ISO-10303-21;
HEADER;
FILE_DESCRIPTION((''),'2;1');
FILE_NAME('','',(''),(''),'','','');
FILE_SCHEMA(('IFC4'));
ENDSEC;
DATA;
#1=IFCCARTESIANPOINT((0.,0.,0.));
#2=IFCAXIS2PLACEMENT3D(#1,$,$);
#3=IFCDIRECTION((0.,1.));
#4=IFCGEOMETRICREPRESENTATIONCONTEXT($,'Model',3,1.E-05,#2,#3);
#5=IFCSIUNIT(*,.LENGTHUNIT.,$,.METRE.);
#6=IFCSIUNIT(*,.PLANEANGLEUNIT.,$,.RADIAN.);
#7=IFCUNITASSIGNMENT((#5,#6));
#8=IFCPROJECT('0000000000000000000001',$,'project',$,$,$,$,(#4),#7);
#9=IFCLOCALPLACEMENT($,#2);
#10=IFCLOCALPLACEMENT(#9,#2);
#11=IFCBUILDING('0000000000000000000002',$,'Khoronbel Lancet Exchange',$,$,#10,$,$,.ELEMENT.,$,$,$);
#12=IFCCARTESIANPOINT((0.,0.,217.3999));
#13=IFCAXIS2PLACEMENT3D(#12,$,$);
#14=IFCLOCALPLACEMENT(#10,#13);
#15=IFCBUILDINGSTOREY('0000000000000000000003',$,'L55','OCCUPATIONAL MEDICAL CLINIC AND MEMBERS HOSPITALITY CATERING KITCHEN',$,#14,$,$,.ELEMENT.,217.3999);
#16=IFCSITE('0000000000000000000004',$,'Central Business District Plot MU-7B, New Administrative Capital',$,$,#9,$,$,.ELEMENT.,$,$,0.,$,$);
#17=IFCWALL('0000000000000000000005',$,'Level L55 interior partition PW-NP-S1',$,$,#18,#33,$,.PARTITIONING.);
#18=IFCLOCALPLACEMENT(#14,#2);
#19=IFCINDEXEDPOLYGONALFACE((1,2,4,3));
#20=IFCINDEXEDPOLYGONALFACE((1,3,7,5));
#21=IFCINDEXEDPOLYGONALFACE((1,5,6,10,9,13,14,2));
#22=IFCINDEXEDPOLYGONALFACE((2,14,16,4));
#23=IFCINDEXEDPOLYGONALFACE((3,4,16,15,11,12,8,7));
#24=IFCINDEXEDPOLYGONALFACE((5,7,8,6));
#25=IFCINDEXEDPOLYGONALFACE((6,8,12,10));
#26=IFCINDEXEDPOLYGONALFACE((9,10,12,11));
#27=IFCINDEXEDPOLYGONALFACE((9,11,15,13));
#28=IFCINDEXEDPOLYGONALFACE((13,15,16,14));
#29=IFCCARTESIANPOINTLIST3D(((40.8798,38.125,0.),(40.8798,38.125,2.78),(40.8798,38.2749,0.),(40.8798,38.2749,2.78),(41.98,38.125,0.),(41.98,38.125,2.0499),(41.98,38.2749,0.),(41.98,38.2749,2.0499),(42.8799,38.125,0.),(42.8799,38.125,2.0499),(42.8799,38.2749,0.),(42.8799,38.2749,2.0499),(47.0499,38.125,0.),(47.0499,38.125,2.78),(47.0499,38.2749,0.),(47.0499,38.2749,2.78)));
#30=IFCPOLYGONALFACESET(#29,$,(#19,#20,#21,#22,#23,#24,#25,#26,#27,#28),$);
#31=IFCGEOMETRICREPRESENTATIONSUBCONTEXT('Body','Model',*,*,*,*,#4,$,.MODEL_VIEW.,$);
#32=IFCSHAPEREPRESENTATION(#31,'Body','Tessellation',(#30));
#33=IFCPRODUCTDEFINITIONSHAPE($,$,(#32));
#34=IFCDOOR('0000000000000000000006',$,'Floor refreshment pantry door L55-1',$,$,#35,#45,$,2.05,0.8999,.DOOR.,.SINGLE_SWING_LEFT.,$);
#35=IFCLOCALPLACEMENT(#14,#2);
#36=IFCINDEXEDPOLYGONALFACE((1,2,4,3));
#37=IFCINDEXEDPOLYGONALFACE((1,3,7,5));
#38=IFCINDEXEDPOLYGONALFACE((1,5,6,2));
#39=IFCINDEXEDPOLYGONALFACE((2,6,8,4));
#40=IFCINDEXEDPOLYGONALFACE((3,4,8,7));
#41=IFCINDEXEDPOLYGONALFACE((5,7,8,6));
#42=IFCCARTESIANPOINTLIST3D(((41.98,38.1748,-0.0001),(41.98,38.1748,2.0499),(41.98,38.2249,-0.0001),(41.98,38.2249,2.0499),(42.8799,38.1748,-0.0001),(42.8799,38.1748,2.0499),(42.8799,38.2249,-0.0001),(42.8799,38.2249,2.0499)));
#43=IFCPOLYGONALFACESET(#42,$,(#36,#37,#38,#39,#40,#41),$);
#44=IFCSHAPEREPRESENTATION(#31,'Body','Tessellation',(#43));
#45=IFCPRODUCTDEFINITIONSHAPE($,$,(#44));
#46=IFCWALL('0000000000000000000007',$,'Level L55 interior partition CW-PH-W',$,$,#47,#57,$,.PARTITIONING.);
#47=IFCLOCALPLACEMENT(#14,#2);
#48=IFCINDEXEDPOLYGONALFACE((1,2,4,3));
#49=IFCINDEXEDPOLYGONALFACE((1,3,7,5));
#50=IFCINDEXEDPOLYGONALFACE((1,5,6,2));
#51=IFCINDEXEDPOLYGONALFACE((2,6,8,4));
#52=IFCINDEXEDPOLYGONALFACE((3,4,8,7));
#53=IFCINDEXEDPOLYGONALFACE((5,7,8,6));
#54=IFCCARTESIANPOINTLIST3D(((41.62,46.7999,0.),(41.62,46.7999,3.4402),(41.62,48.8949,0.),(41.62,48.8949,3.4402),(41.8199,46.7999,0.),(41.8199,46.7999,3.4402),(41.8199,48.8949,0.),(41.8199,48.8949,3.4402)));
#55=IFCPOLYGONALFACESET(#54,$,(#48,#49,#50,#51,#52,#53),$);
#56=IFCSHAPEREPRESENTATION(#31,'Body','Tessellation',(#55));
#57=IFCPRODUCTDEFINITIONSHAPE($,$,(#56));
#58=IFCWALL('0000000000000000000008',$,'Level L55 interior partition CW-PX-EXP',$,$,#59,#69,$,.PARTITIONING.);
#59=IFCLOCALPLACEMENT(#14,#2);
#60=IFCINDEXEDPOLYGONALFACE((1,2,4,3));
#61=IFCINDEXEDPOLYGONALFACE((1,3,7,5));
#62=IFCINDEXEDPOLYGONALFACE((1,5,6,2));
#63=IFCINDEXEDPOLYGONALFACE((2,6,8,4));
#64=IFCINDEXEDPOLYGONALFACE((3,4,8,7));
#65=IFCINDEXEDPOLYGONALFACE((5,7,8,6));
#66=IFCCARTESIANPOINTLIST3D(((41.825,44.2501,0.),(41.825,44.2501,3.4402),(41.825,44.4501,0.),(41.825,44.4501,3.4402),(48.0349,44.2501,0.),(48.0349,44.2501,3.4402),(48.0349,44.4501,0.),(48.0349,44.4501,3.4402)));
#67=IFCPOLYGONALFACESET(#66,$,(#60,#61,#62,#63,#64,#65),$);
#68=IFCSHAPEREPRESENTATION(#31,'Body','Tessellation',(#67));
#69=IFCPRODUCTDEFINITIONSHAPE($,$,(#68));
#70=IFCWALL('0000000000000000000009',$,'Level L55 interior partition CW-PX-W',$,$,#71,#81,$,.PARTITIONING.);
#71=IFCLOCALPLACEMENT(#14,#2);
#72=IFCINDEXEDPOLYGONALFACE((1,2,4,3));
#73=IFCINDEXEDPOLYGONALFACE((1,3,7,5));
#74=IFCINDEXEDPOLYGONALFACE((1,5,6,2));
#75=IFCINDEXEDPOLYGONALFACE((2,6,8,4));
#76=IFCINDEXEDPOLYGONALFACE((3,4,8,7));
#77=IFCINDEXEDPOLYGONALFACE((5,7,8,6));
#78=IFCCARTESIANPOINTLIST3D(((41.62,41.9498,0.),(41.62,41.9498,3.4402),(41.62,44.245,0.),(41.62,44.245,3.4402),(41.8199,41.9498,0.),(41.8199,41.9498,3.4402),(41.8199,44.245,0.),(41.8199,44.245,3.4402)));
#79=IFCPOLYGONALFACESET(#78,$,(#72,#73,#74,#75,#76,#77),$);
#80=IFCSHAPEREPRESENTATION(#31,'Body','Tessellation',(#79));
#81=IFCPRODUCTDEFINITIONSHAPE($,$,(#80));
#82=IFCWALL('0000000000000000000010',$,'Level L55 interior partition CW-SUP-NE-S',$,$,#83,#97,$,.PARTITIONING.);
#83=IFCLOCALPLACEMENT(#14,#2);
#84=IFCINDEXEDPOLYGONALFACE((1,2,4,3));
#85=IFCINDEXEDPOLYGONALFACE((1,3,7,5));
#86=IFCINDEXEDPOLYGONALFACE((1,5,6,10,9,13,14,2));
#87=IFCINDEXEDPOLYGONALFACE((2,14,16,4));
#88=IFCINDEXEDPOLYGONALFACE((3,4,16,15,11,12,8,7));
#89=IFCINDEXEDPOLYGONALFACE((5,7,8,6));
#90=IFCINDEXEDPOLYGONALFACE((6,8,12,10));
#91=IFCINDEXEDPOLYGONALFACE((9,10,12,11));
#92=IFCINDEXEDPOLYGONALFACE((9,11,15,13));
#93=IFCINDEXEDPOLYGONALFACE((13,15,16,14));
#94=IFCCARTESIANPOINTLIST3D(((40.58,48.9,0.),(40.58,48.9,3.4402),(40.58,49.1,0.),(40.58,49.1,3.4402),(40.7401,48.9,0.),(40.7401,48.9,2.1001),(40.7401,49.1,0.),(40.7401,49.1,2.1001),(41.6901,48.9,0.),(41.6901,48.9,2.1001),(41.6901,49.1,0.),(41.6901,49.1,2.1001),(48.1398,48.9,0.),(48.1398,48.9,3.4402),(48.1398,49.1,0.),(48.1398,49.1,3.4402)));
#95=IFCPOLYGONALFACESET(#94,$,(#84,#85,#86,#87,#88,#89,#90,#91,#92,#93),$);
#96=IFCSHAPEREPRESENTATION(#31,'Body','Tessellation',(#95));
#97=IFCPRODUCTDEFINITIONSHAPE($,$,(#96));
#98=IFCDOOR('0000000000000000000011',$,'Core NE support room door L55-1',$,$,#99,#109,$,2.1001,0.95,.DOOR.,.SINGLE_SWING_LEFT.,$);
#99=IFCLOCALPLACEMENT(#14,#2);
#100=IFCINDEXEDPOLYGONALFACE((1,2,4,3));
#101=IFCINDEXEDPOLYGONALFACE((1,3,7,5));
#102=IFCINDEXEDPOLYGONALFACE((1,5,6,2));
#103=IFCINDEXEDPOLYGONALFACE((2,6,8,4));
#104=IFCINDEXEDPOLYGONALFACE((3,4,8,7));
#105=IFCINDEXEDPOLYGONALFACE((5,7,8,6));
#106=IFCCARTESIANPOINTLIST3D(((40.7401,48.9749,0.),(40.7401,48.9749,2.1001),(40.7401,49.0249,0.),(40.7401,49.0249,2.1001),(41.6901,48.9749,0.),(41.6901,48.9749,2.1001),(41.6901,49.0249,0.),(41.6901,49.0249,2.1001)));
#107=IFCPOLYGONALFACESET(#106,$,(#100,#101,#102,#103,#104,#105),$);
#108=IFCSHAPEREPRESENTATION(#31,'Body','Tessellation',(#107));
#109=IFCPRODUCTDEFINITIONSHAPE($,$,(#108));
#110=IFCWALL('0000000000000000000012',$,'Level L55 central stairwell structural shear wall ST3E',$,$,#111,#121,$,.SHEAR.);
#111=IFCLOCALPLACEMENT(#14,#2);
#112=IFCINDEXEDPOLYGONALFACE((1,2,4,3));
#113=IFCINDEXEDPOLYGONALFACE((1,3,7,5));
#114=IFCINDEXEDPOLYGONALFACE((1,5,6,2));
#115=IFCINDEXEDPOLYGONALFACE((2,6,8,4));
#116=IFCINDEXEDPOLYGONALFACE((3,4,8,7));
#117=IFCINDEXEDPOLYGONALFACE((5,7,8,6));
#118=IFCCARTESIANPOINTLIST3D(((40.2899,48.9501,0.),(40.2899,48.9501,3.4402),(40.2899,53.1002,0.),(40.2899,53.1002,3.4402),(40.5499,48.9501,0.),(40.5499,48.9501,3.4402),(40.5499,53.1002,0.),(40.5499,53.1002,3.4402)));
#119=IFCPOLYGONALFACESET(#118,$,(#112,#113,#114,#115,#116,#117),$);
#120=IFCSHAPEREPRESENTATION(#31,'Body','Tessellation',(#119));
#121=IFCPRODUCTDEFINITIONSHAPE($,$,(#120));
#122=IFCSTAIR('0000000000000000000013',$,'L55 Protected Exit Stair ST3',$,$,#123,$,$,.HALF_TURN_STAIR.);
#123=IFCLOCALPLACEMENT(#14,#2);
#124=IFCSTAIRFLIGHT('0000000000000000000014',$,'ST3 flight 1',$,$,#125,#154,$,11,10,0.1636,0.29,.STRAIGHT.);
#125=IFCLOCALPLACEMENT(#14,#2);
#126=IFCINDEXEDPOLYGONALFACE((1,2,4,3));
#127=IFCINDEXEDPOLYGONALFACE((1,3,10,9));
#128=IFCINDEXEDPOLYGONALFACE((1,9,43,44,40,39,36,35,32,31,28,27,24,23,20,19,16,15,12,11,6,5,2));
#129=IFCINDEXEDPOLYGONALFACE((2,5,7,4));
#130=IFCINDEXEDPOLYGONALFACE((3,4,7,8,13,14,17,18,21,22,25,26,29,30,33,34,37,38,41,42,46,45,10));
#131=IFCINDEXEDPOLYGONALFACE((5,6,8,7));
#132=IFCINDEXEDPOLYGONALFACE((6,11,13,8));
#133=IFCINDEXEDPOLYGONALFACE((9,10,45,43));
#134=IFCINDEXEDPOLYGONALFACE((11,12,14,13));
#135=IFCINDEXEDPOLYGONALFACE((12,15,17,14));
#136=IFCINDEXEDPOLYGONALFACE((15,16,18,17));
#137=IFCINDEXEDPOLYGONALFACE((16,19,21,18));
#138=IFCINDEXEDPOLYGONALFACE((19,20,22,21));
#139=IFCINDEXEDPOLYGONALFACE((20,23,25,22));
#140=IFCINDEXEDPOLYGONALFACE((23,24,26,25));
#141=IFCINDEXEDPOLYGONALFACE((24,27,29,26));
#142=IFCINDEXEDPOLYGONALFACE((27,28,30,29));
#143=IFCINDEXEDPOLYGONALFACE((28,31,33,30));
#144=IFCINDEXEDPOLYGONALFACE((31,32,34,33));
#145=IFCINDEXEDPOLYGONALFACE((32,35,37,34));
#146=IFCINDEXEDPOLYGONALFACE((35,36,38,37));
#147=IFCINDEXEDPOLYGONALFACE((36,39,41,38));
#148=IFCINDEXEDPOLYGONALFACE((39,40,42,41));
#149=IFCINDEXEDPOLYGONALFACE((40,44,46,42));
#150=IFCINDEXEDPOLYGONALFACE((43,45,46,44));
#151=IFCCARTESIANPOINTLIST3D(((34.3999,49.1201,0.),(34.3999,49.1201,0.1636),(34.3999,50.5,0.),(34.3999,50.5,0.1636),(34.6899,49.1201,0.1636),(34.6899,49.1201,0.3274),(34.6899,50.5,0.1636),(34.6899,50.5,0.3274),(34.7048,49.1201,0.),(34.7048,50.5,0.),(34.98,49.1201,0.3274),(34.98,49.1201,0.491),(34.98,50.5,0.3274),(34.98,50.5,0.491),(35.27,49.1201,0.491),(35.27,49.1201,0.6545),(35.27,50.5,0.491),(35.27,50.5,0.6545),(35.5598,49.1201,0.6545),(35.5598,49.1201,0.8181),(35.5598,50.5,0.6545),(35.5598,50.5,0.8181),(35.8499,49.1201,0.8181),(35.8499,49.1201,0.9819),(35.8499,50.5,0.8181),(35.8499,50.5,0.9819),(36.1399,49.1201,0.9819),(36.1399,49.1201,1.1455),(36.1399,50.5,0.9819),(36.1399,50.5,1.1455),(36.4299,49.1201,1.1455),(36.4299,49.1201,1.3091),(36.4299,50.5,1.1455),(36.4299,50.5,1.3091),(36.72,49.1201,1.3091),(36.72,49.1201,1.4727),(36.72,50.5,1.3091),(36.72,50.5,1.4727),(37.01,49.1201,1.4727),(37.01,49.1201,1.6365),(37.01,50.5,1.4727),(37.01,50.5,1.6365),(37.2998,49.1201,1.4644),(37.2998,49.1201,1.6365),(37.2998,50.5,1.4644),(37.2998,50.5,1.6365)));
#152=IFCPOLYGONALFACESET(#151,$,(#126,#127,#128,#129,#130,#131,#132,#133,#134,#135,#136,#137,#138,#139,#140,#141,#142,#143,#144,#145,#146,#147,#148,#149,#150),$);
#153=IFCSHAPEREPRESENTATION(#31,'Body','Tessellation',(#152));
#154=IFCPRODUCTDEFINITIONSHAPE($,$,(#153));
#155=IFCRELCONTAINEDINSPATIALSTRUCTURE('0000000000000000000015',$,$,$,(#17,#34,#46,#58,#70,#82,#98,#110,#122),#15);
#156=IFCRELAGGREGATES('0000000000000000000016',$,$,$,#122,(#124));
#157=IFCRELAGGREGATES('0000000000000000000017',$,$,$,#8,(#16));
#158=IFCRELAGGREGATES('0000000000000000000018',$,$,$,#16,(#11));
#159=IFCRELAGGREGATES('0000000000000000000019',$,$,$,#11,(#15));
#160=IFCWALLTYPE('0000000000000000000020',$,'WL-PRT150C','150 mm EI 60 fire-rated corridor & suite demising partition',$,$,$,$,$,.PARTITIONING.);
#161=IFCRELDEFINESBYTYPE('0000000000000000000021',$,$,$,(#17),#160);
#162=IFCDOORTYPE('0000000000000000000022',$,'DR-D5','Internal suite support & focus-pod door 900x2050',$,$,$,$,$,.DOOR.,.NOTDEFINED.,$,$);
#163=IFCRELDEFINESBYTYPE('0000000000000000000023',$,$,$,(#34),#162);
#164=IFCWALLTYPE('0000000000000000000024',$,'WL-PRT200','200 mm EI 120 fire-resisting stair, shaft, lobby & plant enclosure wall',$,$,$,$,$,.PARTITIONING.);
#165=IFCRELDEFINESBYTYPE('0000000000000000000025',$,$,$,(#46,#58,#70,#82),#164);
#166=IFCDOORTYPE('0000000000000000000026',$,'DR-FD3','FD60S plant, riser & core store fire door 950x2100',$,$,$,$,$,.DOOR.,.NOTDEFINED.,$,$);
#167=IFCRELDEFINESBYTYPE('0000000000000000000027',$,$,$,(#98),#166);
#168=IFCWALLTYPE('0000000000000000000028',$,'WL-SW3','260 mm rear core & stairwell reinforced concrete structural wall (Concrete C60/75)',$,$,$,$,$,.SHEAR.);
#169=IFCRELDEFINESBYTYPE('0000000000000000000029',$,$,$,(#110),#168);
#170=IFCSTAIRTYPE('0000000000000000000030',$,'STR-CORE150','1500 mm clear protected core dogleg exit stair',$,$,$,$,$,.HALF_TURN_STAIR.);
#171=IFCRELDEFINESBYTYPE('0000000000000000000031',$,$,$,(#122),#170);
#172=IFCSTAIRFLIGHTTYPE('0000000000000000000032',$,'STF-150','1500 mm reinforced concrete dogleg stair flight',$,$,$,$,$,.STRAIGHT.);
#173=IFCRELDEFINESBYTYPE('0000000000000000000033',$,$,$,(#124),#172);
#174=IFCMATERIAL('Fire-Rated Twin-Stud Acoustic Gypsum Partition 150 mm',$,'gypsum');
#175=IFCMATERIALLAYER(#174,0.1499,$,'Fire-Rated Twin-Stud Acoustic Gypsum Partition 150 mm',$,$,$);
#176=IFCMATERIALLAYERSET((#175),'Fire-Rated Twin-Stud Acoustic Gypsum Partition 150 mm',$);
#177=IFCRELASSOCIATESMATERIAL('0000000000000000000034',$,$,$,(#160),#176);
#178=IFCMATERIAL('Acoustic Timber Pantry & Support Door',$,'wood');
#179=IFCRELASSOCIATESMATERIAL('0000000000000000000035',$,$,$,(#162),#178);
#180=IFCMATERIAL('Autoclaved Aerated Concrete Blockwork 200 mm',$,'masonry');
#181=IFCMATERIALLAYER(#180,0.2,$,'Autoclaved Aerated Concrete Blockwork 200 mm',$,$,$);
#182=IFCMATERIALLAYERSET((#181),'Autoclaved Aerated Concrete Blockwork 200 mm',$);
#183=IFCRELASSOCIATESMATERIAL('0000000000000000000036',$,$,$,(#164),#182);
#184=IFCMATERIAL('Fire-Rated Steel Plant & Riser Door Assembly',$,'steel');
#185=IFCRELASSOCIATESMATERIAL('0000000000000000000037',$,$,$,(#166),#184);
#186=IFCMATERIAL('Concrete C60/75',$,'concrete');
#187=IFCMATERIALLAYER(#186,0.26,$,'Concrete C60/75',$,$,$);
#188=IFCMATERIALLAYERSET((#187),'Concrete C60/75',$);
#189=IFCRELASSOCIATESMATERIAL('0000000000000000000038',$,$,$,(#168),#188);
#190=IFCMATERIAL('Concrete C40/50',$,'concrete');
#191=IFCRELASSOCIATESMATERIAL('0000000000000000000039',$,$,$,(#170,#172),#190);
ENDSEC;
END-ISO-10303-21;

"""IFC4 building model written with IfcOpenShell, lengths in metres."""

from ifc_helpers import new_model, si_unit, direction, frame, frame_2d, origin, place, context, subcontext, project, spatial, polyline, rectangle, outline, extrude, material, layer, layer_set, type_object, element, fill, aggregate, save


model = new_model("IFC4")

# Units and contexts
model_context = context("Model", 3, precision=1e-05, world=origin(), true_north=direction((0.0, 1.0)))
body_context = subcontext(model_context, "Body", "Model", "MODEL_VIEW")
ifc_project = project(units=[si_unit("LENGTHUNIT", "METRE"), si_unit("PLANEANGLEUNIT", "RADIAN")], contexts=[model_context])

# Site, building, storey
site_placement = place(None, origin())
site = spatial("IfcSite", under=ifc_project, at=site_placement, Name="Central Business District Plot MU-7B, New Administrative Capital", CompositionType="ELEMENT", RefElevation=0.0)
building_placement = place(site_placement, origin())
building = spatial("IfcBuilding", under=site, at=building_placement, Name="Khoronbel Lancet Exchange", CompositionType="ELEMENT")
storey_placement = place(building_placement, frame((0.0, 0.0, 217.3999)))
storey = spatial("IfcBuildingStorey", under=building, at=storey_placement, Name="L55", Description="OCCUPATIONAL MEDICAL CLINIC AND MEMBERS HOSPITALITY CATERING KITCHEN", CompositionType="ELEMENT", Elevation=217.3999)

# Shared definitions
ifc_material_1 = material(Name="Concrete C60/75", Category="concrete")

# Wall, opening, door
ifc_material_2 = material(Name="Fire-Rated Twin-Stud Acoustic Gypsum Partition 150 mm", Category="gypsum")
ifc_layer_1 = layer(ifc_material_2, 0.1499, Name="Fire-Rated Twin-Stud Acoustic Gypsum Partition 150 mm")
ifc_layer_set_1 = layer_set([ifc_layer_1], Name="Fire-Rated Twin-Stud Acoustic Gypsum Partition 150 mm")
wall_type_1 = type_object("IfcWallType", Name="WL-PRT150C", Description="150 mm EI 60 fire-rated corridor & suite demising partition", PredefinedType="PARTITIONING", material=ifc_layer_set_1)
wall_1_placement = place(storey_placement, frame((40.8799, 38.2, 0.0), z_axis=(0.0, 0.0, 1.0), x_axis=(1.0, 0.0, 0.0)))
wall_1 = element("IfcWall", 1, at=wall_1_placement, inside=storey, type_object=wall_type_1, Name="Level L55 interior partition PW-NP-S1", PredefinedType="PARTITIONING", context=body_context, shape_type="SweptSolid", body=[
    extrude(rectangle(XDim=6.1702, YDim=0.1499, at=frame_2d((3.085, 0.0))), origin(), (0.0, 0.0, 1.0), 2.78),
])
opening_1_placement = place(wall_1_placement, frame((1.1001, 0.0, 0.0)))
opening_1 = element("IfcOpeningElement", 2, at=opening_1_placement, cuts=wall_1, PredefinedType="OPENING", context=body_context, shape_type="SweptSolid", body=[
    extrude(rectangle(XDim=0.8999, YDim=2.05, at=frame_2d((0.45, 1.0249))), frame((0.0, 0.085, 0.0), z_axis=(0.0, -1.0, 0.0), x_axis=(1.0, 0.0, 0.0)), (0.0, 0.0, 1.0), 0.1699),
])
ifc_material_3 = material(Name="Acoustic Timber Pantry & Support Door", Category="wood")
door_type_1 = type_object("IfcDoorType", Name="DR-D5", Description="Internal suite support & focus-pod door 900x2050", OperationType="NOTDEFINED", PredefinedType="DOOR", material=ifc_material_3)
door_1_placement = place(opening_1_placement, origin())
door_1 = element("IfcDoor", 3, at=door_1_placement, inside=storey, type_object=door_type_1, Name="Floor refreshment pantry door L55-1", OperationType="SINGLE_SWING_LEFT", OverallHeight=2.05, OverallWidth=0.8999, PredefinedType="DOOR", context=body_context, shape_type="SweptSolid", body=[
    extrude(rectangle(XDim=0.8999, YDim=2.05, at=frame_2d((0.45, 1.0249))), frame((0.0, 0.0249, 0.0), z_axis=(0.0, -1.0, 0.0), x_axis=(1.0, 0.0, 0.0)), (0.0, 0.0, 1.0), 0.05),
])
fill(opening_1, door_1)

# Walls
ifc_material_4 = material(Name="Autoclaved Aerated Concrete Blockwork 200 mm", Category="masonry")
ifc_layer_2 = layer(ifc_material_4, 0.2, Name="Autoclaved Aerated Concrete Blockwork 200 mm")
ifc_layer_set_2 = layer_set([ifc_layer_2], Name="Autoclaved Aerated Concrete Blockwork 200 mm")
wall_type_2 = type_object("IfcWallType", Name="WL-PRT200", Description="200 mm EI 120 fire-resisting stair, shaft, lobby & plant enclosure wall", PredefinedType="PARTITIONING", material=ifc_layer_set_2)
wall_2_placement = place(storey_placement, frame((41.72, 46.8, 0.0), z_axis=(0.0, 0.0, 1.0), x_axis=(0.0, 1.0, 0.0)))
element("IfcWall", 4, at=wall_2_placement, inside=storey, type_object=wall_type_2, Name="Level L55 interior partition CW-PH-W", PredefinedType="PARTITIONING", context=body_context, shape_type="SweptSolid", body=[
    extrude(rectangle(XDim=2.095, YDim=0.2, at=frame_2d((1.0474, 0.0))), origin(), (0.0, 0.0, 1.0), 3.4402),
])
wall_3_placement = place(storey_placement, frame((41.825, 44.3501, 0.0), z_axis=(0.0, 0.0, 1.0), x_axis=(1.0, 0.0, 0.0)))
element("IfcWall", 5, at=wall_3_placement, inside=storey, type_object=wall_type_2, Name="Level L55 interior partition CW-PX-EXP", PredefinedType="PARTITIONING", context=body_context, shape_type="SweptSolid", body=[
    extrude(rectangle(XDim=6.21, YDim=0.2, at=frame_2d((3.105, 0.0))), origin(), (0.0, 0.0, 1.0), 3.4402),
])
wall_4_placement = place(storey_placement, frame((41.72, 41.95, 0.0), z_axis=(0.0, 0.0, 1.0), x_axis=(0.0, 1.0, 0.0)))
element("IfcWall", 6, at=wall_4_placement, inside=storey, type_object=wall_type_2, Name="Level L55 interior partition CW-PX-W", PredefinedType="PARTITIONING", context=body_context, shape_type="SweptSolid", body=[
    extrude(rectangle(XDim=2.2952, YDim=0.2, at=frame_2d((1.1475, 0.0))), origin(), (0.0, 0.0, 1.0), 3.4402),
])

# Wall, opening, door
wall_5_placement = place(storey_placement, frame((40.5801, 49.0, 0.0), z_axis=(0.0, 0.0, 1.0), x_axis=(1.0, 0.0, 0.0)))
wall_5 = element("IfcWall", 7, at=wall_5_placement, inside=storey, type_object=wall_type_2, Name="Level L55 interior partition CW-SUP-NE-S", PredefinedType="PARTITIONING", context=body_context, shape_type="SweptSolid", body=[
    extrude(rectangle(XDim=7.5598, YDim=0.2, at=frame_2d((3.7798, 0.0))), origin(), (0.0, 0.0, 1.0), 3.4402),
])
opening_2_placement = place(wall_5_placement, frame((0.1599, 0.0, 0.0)))
opening_2 = element("IfcOpeningElement", 8, at=opening_2_placement, cuts=wall_5, PredefinedType="OPENING", context=body_context, shape_type="SweptSolid", body=[
    extrude(rectangle(XDim=0.95, YDim=2.1001, at=frame_2d((0.4751, 1.05))), frame((0.0, 0.1099, 0.0), z_axis=(0.0, -1.0, 0.0), x_axis=(1.0, 0.0, 0.0)), (0.0, 0.0, 1.0), 0.22),
])
ifc_material_5 = material(Name="Fire-Rated Steel Plant & Riser Door Assembly", Category="steel")
door_type_2 = type_object("IfcDoorType", Name="DR-FD3", Description="FD60S plant, riser & core store fire door 950x2100", OperationType="NOTDEFINED", PredefinedType="DOOR", material=ifc_material_5)
door_2_placement = place(opening_2_placement, origin())
door_2 = element("IfcDoor", 9, at=door_2_placement, inside=storey, type_object=door_type_2, Name="Core NE support room door L55-1", OperationType="SINGLE_SWING_LEFT", OverallHeight=2.1001, OverallWidth=0.95, PredefinedType="DOOR", context=body_context, shape_type="SweptSolid", body=[
    extrude(rectangle(XDim=0.95, YDim=2.1001, at=frame_2d((0.4751, 1.05))), frame((0.0, 0.0249, 0.0), z_axis=(0.0, -1.0, 0.0), x_axis=(1.0, 0.0, 0.0)), (0.0, 0.0, 1.0), 0.05),
])
fill(opening_2, door_2)

# Wall
ifc_layer_3 = layer(ifc_material_1, 0.26, Name="Concrete C60/75")
ifc_layer_set_3 = layer_set([ifc_layer_3], Name="Concrete C60/75")
wall_type_3 = type_object("IfcWallType", Name="WL-SW3", Description="260 mm rear core & stairwell reinforced concrete structural wall (Concrete C60/75)", PredefinedType="SHEAR", material=ifc_layer_set_3)
wall_6_placement = place(storey_placement, frame((40.4199, 48.95, 0.0), z_axis=(0.0, 0.0, 1.0), x_axis=(0.0, 1.0, 0.0)))
element("IfcWall", 10, at=wall_6_placement, inside=storey, type_object=wall_type_3, Name="Level L55 central stairwell structural shear wall ST3E", PredefinedType="SHEAR", context=body_context, shape_type="SweptSolid", body=[
    extrude(rectangle(XDim=4.1501, YDim=0.26, at=frame_2d((2.0752, 0.0))), origin(), (0.0, 0.0, 1.0), 3.4402),
])

# Stair, stair flight
ifc_material_6 = material(Name="Concrete C40/50", Category="concrete")
stair_type = type_object("IfcStairType", Name="STR-CORE150", Description="1500 mm clear protected core dogleg exit stair", PredefinedType="HALF_TURN_STAIR", material=ifc_material_6)
stair_placement = place(storey_placement, origin())
stair = element("IfcStair", 11, at=stair_placement, inside=storey, type_object=stair_type, Name="L55 Protected Exit Stair ST3", PredefinedType="HALF_TURN_STAIR")
stair_flight_type = type_object("IfcStairFlightType", Name="STF-150", Description="1500 mm reinforced concrete dogleg stair flight", PredefinedType="STRAIGHT", material=ifc_material_6)
stair_flight_1_placement = place(storey_placement, frame((34.3999, 49.8101, 0.0), z_axis=(0.0, 0.0, 1.0), x_axis=(1.0, 0.0, 0.0)))
stair_flight_1 = element("IfcStairFlight", 12, at=stair_flight_1_placement, type_object=stair_flight_type, Name="ST3 flight 1", NumberOfRisers=11, NumberOfTreads=10, PredefinedType="STRAIGHT", RiserHeight=0.1636, TreadLength=0.29, context=body_context, shape_type="SweptSolid", body=[
    extrude(outline(polyline([(0.0, 0.0), (0.0, 0.1636), (0.29, 0.1636), (0.29, 0.3274), (0.5801, 0.3274), (0.5801, 0.491), (0.8701, 0.491), (0.8701, 0.6545), (1.1599, 0.6545), (1.1599, 0.8181), (1.45, 0.8181), (1.45, 0.9819), (1.74, 0.9819), (1.74, 1.1455), (2.03, 1.1455), (2.03, 1.3091), (2.3201, 1.3091), (2.3201, 1.4727), (2.6101, 1.4727), (2.6101, 1.6365), (2.8999, 1.6365), (2.8999, 1.8), (2.8999, 1.4644), (0.3049, 0.0), (0.0, 0.0)])), frame((0.0, 0.6899, 0.0), z_axis=(0.0, -1.0, 0.0), x_axis=(1.0, 0.0, 0.0)), (0.0, 0.0, 1.0), 1.3799),
])
aggregate(stair, [stair_flight_1])

save(model, "model.ifc")
